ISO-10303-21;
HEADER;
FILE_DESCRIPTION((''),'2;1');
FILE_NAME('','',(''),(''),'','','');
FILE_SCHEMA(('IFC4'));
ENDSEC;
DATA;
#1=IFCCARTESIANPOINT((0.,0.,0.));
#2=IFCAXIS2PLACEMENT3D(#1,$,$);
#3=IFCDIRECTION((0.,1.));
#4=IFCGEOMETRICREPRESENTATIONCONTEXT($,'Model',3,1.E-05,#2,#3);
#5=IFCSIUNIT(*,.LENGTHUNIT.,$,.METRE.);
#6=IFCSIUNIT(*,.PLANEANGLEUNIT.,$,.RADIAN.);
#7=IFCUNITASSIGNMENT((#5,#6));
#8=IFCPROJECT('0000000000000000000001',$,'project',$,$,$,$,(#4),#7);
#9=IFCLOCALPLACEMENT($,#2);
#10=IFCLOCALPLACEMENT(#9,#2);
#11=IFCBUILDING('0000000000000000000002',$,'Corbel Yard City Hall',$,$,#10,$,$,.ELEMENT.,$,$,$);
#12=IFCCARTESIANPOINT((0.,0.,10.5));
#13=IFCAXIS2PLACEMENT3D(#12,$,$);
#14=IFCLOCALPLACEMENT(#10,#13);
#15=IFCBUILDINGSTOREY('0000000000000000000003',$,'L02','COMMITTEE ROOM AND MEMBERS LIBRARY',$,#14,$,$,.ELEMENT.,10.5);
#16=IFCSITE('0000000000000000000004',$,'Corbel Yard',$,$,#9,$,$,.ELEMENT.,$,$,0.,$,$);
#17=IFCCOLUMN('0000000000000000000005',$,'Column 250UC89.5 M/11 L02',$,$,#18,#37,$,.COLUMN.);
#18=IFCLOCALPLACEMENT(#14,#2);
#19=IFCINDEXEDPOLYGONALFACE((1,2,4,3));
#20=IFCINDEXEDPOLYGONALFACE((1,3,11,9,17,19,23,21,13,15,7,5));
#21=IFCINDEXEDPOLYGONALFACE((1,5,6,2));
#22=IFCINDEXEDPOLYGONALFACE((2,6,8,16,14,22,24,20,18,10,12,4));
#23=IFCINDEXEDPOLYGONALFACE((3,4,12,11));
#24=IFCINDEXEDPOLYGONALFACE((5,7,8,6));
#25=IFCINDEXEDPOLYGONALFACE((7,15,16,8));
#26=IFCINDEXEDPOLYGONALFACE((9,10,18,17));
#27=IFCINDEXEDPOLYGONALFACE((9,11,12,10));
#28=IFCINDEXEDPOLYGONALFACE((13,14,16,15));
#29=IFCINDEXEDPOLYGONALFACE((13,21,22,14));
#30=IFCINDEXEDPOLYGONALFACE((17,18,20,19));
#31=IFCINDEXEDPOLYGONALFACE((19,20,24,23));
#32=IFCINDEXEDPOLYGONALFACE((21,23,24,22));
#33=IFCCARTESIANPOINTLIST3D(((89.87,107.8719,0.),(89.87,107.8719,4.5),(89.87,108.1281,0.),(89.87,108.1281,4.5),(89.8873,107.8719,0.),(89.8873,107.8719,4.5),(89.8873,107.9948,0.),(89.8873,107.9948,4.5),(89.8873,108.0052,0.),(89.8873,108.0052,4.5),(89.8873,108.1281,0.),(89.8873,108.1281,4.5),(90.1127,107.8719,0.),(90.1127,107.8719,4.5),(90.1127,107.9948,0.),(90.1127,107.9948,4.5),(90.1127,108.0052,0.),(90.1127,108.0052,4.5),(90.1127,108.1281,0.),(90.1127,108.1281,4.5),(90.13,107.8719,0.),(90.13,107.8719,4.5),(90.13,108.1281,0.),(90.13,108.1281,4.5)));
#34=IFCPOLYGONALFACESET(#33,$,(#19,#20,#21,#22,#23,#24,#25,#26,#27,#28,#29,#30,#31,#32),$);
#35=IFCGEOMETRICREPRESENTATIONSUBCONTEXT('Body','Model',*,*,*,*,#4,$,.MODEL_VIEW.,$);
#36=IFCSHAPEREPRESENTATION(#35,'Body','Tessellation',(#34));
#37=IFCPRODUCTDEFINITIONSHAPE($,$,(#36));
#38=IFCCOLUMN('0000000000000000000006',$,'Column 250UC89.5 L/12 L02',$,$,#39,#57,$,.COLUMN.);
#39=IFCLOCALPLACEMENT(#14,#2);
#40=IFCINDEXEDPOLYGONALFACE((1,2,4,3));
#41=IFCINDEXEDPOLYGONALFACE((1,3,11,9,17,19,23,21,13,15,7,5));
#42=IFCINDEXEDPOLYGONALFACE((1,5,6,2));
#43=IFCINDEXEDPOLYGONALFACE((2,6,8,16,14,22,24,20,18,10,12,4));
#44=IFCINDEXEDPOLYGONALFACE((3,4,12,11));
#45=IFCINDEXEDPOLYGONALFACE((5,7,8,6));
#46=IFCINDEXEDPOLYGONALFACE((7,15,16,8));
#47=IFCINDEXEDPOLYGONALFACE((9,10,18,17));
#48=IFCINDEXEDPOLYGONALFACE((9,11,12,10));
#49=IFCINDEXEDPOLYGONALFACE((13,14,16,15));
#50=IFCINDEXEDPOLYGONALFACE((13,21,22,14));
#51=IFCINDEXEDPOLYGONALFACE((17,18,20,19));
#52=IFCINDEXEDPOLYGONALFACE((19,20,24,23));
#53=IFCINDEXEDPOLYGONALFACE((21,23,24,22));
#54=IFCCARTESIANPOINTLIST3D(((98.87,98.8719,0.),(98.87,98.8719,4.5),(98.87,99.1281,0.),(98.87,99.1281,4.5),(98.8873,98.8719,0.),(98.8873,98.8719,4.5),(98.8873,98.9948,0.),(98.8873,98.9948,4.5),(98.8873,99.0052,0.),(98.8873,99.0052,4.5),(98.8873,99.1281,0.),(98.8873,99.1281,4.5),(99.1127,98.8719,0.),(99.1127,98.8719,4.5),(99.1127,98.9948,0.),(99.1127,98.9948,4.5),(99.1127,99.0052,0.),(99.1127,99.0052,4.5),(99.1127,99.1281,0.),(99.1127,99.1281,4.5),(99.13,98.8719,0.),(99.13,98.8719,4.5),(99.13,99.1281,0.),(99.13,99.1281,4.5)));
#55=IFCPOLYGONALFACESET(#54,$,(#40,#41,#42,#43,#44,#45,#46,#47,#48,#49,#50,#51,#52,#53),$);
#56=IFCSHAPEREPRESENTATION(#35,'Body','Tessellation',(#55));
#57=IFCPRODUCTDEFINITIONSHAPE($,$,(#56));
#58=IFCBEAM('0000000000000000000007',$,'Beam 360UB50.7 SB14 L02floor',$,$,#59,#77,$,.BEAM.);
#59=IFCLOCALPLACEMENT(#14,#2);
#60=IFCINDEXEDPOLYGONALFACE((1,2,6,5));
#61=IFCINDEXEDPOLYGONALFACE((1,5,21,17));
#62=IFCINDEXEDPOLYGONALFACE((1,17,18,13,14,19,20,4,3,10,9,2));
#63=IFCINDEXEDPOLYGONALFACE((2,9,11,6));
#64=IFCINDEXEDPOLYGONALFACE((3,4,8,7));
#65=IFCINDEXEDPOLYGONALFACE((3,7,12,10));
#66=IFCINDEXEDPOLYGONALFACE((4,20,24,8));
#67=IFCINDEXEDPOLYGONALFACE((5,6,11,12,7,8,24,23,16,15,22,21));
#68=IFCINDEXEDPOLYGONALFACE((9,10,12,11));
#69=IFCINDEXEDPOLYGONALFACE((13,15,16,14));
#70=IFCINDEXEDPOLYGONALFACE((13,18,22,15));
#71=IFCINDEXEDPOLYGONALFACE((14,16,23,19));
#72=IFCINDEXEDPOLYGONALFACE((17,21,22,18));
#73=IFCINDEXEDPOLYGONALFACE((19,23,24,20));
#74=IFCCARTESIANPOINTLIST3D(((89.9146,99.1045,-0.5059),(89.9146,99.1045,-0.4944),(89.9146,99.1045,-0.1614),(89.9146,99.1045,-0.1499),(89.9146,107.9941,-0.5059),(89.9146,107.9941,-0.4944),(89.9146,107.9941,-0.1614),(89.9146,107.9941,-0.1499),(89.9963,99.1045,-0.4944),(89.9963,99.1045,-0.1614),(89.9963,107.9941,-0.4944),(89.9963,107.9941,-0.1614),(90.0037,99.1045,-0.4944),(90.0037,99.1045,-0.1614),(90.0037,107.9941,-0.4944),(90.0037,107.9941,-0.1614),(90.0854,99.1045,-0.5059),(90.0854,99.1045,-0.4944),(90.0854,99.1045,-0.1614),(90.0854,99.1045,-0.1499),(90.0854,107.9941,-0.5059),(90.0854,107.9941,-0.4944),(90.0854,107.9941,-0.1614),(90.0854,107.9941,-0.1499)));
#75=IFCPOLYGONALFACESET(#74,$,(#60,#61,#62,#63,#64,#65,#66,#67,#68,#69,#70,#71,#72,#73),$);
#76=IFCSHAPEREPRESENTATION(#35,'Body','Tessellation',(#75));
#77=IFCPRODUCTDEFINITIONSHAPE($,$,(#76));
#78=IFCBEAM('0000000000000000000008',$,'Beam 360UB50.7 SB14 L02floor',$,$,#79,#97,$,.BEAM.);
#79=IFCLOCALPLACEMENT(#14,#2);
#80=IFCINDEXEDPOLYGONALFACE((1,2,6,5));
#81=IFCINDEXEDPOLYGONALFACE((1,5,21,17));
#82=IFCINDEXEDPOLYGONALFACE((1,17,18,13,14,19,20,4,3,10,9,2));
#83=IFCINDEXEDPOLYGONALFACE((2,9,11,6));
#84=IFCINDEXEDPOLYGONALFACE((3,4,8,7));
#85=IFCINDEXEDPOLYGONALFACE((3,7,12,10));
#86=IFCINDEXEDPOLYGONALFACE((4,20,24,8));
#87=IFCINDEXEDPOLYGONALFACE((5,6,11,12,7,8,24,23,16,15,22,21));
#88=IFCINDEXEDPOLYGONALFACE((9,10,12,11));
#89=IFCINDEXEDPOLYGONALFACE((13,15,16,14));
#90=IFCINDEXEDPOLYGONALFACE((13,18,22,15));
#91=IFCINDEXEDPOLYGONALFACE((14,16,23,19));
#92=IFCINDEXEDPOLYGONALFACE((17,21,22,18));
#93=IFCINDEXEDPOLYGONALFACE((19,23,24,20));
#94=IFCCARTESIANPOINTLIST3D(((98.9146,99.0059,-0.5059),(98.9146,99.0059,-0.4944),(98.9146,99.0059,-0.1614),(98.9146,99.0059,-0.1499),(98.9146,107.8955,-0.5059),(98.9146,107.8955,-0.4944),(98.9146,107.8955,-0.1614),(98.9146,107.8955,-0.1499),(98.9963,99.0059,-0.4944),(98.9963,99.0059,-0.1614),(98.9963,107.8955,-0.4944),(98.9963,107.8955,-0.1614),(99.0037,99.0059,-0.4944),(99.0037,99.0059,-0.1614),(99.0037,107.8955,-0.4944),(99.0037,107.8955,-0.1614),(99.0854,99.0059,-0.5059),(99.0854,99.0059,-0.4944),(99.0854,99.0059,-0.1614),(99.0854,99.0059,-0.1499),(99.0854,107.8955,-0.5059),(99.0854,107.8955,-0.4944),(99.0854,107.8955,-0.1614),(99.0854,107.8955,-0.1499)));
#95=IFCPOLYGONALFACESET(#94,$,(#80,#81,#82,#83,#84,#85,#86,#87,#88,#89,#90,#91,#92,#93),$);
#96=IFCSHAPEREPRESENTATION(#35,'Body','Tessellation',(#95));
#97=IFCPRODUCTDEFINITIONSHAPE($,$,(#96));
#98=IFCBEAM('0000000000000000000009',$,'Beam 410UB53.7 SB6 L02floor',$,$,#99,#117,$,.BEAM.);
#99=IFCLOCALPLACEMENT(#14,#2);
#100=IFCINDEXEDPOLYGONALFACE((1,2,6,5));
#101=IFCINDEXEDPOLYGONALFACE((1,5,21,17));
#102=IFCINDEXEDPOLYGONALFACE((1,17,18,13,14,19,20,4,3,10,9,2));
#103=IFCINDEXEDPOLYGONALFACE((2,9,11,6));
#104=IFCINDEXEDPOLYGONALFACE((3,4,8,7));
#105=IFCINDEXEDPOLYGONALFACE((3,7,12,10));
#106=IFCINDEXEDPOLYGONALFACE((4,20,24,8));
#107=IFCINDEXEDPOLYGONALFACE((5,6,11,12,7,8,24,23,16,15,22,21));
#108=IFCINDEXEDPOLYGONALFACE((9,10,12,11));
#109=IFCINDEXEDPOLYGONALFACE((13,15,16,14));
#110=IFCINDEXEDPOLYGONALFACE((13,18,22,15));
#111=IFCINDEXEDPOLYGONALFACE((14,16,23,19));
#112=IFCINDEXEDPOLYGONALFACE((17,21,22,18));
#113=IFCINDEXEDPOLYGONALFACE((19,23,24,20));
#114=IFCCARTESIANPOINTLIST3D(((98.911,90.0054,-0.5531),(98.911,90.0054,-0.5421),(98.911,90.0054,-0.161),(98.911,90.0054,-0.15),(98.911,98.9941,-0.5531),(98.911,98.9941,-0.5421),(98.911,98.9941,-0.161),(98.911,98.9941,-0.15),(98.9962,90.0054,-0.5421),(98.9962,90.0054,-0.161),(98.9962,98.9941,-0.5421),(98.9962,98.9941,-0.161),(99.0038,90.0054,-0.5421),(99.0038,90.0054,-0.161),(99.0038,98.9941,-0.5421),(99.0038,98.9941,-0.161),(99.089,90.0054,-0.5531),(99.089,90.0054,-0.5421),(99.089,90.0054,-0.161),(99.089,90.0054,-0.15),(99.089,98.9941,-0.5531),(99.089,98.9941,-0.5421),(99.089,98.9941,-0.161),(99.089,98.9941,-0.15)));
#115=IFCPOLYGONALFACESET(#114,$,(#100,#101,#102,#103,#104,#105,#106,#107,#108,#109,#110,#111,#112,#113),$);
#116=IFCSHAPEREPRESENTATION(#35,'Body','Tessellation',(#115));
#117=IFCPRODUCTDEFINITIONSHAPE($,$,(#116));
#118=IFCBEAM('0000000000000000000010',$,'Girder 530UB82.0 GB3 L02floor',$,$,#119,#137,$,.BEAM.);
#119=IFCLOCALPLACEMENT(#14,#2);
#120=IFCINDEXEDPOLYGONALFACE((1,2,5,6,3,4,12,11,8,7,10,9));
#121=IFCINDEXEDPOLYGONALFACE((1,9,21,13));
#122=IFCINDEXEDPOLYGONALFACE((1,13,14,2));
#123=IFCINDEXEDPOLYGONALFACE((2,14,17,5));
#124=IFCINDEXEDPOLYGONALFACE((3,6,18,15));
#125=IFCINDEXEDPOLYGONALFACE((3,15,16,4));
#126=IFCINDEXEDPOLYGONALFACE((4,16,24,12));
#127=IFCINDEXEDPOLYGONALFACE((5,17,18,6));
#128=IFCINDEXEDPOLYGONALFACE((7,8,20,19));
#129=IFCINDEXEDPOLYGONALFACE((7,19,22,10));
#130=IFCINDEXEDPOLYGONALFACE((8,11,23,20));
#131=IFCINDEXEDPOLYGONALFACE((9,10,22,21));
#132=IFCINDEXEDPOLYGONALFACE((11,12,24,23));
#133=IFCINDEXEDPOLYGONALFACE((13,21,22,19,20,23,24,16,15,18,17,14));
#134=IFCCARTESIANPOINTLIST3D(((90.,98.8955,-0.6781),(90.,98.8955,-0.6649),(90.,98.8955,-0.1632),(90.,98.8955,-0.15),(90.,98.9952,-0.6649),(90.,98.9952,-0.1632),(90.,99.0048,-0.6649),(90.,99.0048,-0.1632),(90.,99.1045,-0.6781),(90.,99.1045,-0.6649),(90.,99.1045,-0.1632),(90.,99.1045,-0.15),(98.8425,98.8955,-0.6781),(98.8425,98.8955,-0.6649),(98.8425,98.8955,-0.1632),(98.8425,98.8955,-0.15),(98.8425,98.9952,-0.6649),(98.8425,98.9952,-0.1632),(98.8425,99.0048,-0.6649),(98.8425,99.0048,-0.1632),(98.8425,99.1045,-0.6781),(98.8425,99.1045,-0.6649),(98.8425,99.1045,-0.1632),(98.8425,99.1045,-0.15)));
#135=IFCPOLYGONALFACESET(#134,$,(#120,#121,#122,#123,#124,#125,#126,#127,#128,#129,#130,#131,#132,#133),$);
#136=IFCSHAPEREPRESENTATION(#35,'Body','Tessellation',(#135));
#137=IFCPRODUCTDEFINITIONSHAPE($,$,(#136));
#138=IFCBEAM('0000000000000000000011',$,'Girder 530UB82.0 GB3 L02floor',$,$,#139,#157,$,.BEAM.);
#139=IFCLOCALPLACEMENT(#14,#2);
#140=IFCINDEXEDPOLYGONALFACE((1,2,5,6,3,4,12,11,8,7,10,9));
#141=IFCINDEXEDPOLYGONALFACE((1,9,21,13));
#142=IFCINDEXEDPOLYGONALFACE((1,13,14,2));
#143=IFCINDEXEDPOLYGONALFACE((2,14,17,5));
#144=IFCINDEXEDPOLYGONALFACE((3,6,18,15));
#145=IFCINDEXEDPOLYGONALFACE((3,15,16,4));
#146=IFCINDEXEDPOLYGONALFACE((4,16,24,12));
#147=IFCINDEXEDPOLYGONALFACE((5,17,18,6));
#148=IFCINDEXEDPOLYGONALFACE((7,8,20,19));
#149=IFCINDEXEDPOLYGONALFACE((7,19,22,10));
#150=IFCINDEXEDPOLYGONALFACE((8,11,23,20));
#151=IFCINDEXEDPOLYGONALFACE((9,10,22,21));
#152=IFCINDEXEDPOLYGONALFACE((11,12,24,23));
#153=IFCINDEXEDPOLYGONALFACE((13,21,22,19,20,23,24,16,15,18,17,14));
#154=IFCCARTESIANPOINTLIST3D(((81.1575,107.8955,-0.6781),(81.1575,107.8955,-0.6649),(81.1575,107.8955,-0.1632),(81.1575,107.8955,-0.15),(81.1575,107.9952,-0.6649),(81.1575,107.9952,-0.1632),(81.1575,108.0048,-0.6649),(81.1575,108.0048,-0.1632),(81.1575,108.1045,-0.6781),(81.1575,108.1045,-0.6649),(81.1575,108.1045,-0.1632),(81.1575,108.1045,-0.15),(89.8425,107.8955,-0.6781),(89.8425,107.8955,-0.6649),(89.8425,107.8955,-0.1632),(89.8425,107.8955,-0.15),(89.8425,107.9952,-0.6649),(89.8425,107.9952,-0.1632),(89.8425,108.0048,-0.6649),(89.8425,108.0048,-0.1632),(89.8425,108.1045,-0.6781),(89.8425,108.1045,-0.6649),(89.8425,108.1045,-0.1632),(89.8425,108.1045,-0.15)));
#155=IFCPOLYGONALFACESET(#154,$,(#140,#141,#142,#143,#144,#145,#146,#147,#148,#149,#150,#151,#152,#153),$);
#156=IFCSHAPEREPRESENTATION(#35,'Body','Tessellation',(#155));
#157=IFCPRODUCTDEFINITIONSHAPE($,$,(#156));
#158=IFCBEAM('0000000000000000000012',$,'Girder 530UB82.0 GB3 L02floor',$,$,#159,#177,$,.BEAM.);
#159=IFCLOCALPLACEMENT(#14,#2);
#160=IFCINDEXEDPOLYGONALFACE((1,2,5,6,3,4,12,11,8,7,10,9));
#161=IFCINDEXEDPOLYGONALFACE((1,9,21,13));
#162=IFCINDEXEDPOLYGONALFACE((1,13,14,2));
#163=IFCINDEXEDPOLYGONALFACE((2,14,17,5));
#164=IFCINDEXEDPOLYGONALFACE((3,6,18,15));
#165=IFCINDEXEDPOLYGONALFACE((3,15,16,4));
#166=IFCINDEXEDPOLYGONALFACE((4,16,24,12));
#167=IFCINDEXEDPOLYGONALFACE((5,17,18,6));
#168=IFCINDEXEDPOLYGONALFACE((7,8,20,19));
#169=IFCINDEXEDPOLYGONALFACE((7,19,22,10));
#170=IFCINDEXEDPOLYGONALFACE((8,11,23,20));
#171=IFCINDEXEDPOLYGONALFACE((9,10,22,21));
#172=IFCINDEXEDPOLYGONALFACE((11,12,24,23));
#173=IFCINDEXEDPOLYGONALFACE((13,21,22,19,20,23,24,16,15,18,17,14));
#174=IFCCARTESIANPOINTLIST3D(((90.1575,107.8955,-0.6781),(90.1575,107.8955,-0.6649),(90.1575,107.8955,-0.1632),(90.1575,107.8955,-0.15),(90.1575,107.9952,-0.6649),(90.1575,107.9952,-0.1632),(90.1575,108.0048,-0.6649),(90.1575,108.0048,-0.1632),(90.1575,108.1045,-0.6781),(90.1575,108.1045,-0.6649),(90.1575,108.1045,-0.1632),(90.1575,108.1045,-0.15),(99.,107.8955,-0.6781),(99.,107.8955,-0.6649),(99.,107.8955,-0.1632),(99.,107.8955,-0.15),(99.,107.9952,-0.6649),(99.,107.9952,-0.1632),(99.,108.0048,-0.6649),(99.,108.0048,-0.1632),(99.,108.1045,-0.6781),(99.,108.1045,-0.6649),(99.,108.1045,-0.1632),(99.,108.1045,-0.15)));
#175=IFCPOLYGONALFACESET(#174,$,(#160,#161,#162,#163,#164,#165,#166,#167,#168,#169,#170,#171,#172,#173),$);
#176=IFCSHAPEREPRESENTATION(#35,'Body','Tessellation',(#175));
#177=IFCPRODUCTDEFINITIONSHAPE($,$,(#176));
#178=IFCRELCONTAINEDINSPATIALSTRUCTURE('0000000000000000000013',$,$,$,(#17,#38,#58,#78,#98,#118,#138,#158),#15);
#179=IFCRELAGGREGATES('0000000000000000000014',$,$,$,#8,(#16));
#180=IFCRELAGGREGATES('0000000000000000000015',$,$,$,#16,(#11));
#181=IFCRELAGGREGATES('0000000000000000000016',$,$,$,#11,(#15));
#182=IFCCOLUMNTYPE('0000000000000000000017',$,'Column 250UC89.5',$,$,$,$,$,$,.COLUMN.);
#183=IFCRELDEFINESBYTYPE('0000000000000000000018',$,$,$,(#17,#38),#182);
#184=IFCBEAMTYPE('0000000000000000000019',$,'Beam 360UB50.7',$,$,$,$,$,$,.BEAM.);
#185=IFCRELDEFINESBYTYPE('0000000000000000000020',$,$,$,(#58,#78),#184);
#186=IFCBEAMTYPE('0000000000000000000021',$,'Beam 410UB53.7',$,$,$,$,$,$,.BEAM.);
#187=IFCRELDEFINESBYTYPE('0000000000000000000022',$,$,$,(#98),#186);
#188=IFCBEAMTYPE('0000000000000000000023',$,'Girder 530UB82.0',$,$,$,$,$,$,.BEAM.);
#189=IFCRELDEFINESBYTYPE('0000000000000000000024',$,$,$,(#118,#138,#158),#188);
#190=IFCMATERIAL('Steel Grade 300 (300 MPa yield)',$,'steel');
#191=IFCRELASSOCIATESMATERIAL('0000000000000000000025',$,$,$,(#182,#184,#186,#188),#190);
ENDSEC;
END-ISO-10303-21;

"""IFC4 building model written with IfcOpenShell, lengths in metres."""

from ifc_helpers import new_model, si_unit, direction, frame, origin, origin_2d, place, context, subcontext, project, spatial, i_section, extrude, material, material_profile, profile_set, type_object, element, save


model = new_model("IFC4")

# Units and contexts
model_context = context("Model", 3, precision=1e-05, world=origin(), true_north=direction((0.0, 1.0)))
body_context = subcontext(model_context, "Body", "Model", "MODEL_VIEW")
ifc_project = project(units=[si_unit("LENGTHUNIT", "METRE"), si_unit("PLANEANGLEUNIT", "RADIAN")], contexts=[model_context])

# Site, building, storey
site_placement = place(None, origin())
site = spatial("IfcSite", under=ifc_project, at=site_placement, Name="Corbel Yard", CompositionType="ELEMENT", RefElevation=0.0)
building_placement = place(site_placement, origin())
building = spatial("IfcBuilding", under=site, at=building_placement, Name="Corbel Yard City Hall", CompositionType="ELEMENT")
storey_placement = place(building_placement, frame((0.0, 0.0, 10.5)))
storey = spatial("IfcBuildingStorey", under=building, at=storey_placement, Name="L02", Description="COMMITTEE ROOM AND MEMBERS LIBRARY", CompositionType="ELEMENT", Elevation=10.5)

# Columns
ifc_material_1 = material(Name="Steel Grade 300 (300 MPa yield)", Category="steel")
ifc_material_profile_1 = material_profile(ifc_material_1, i_section(OverallWidth=0.2561, OverallDepth=0.26, WebThickness=0.0105, FlangeThickness=0.0173, at=origin_2d()), Name="250UC89.5")
ifc_profile_set_1 = profile_set([ifc_material_profile_1], Name="Steel Grade 300 (300 MPa yield)")
column_type = type_object("IfcColumnType", Name="Column 250UC89.5", PredefinedType="COLUMN", material=ifc_profile_set_1)
for number, where, z_axis, x_axis, name in (
    (1, (90.0, 108.0, 0.0), (0.0, 0.0, 1.0), (0.0, 1.0, 0.0), "Column 250UC89.5 M/11 L02"),
    (2, (99.0, 99.0, 0.0), (0.0, 0.0, 1.0), (0.0, 1.0, 0.0), "Column 250UC89.5 L/12 L02"),
):
    element("IfcColumn", number, at=place(storey_placement, frame(where, z_axis=z_axis, x_axis=x_axis)), inside=storey, type_object=column_type, Name=name, PredefinedType="COLUMN", context=body_context, shape_type="SweptSolid", body=[
        extrude(i_section(OverallWidth=0.2561, OverallDepth=0.26, WebThickness=0.0105, FlangeThickness=0.0173, at=origin_2d()), origin(), (0.0, 0.0, 1.0), 4.5),
    ])

# Beams
ifc_material_profile_2 = material_profile(ifc_material_1, i_section(OverallWidth=0.1709, OverallDepth=0.356, WebThickness=0.0073, FlangeThickness=0.0115, at=origin_2d()), Name="360UB50.7")
ifc_profile_set_2 = profile_set([ifc_material_profile_2], Name="Steel Grade 300 (300 MPa yield)")
beam_type_1 = type_object("IfcBeamType", Name="Beam 360UB50.7", PredefinedType="BEAM", material=ifc_profile_set_2)
for number, where, z_axis, x_axis, name in (
    (3, (90.0, 99.1045, -0.3279), (0.0, 1.0, 0.0), (-1.0, 0.0, 0.0), "Beam 360UB50.7 SB14 L02floor"),
    (4, (99.0, 99.0059, -0.3279), (0.0, 1.0, 0.0), (-1.0, 0.0, 0.0), "Beam 360UB50.7 SB14 L02floor"),
):
    element("IfcBeam", number, at=place(storey_placement, frame(where, z_axis=z_axis, x_axis=x_axis)), inside=storey, type_object=beam_type_1, Name=name, PredefinedType="BEAM", context=body_context, shape_type="SweptSolid", body=[
        extrude(i_section(OverallWidth=0.1709, OverallDepth=0.356, WebThickness=0.0073, FlangeThickness=0.0115, at=origin_2d()), origin(), (0.0, 0.0, 1.0), 8.8896),
    ])
ifc_material_profile_3 = material_profile(ifc_material_1, i_section(OverallWidth=0.178, OverallDepth=0.4031, WebThickness=0.0076, FlangeThickness=0.011, at=origin_2d()), Name="410UB53.7")
ifc_profile_set_3 = profile_set([ifc_material_profile_3], Name="Steel Grade 300 (300 MPa yield)")
beam_type_2 = type_object("IfcBeamType", Name="Beam 410UB53.7", PredefinedType="BEAM", material=ifc_profile_set_3)
beam_1_placement = place(storey_placement, frame((99.0, 90.0054, -0.3516), z_axis=(0.0, 1.0, 0.0), x_axis=(-1.0, 0.0, 0.0)))
element("IfcBeam", 5, at=beam_1_placement, inside=storey, type_object=beam_type_2, Name="Beam 410UB53.7 SB6 L02floor", PredefinedType="BEAM", context=body_context, shape_type="SweptSolid", body=[
    extrude(i_section(OverallWidth=0.178, OverallDepth=0.4031, WebThickness=0.0076, FlangeThickness=0.011, at=origin_2d()), origin(), (0.0, 0.0, 1.0), 8.9888),
])
ifc_material_profile_4 = material_profile(ifc_material_1, i_section(OverallWidth=0.209, OverallDepth=0.5281, WebThickness=0.0095, FlangeThickness=0.0132, at=origin_2d()), Name="530UB82.0")
ifc_profile_set_4 = profile_set([ifc_material_profile_4], Name="Steel Grade 300 (300 MPa yield)")
beam_type_3 = type_object("IfcBeamType", Name="Girder 530UB82.0", PredefinedType="BEAM", material=ifc_profile_set_4)
beam_2_placement = place(storey_placement, frame((90.0, 99.0, -0.4141), z_axis=(1.0, 0.0, 0.0), x_axis=(0.0, 1.0, 0.0)))
element("IfcBeam", 6, at=beam_2_placement, inside=storey, type_object=beam_type_3, Name="Girder 530UB82.0 GB3 L02floor", PredefinedType="BEAM", context=body_context, shape_type="SweptSolid", body=[
    extrude(i_section(OverallWidth=0.209, OverallDepth=0.5281, WebThickness=0.0095, FlangeThickness=0.0132, at=origin_2d()), origin(), (0.0, 0.0, 1.0), 8.8425),
])
beam_3_placement = place(storey_placement, frame((81.1575, 108.0, -0.4141), z_axis=(1.0, 0.0, 0.0), x_axis=(0.0, 1.0, 0.0)))
element("IfcBeam", 7, at=beam_3_placement, inside=storey, type_object=beam_type_3, Name="Girder 530UB82.0 GB3 L02floor", PredefinedType="BEAM", context=body_context, shape_type="SweptSolid", body=[
    extrude(i_section(OverallWidth=0.209, OverallDepth=0.5281, WebThickness=0.0095, FlangeThickness=0.0132, at=origin_2d()), origin(), (0.0, 0.0, 1.0), 8.6851),
])
beam_4_placement = place(storey_placement, frame((90.1575, 108.0, -0.4141), z_axis=(1.0, 0.0, 0.0), x_axis=(0.0, 1.0, 0.0)))
element("IfcBeam", 8, at=beam_4_placement, inside=storey, type_object=beam_type_3, Name="Girder 530UB82.0 GB3 L02floor", PredefinedType="BEAM", context=body_context, shape_type="SweptSolid", body=[
    extrude(i_section(OverallWidth=0.209, OverallDepth=0.5281, WebThickness=0.0095, FlangeThickness=0.0132, at=origin_2d()), origin(), (0.0, 0.0, 1.0), 8.8425),
])

save(model, "model.ifc")
